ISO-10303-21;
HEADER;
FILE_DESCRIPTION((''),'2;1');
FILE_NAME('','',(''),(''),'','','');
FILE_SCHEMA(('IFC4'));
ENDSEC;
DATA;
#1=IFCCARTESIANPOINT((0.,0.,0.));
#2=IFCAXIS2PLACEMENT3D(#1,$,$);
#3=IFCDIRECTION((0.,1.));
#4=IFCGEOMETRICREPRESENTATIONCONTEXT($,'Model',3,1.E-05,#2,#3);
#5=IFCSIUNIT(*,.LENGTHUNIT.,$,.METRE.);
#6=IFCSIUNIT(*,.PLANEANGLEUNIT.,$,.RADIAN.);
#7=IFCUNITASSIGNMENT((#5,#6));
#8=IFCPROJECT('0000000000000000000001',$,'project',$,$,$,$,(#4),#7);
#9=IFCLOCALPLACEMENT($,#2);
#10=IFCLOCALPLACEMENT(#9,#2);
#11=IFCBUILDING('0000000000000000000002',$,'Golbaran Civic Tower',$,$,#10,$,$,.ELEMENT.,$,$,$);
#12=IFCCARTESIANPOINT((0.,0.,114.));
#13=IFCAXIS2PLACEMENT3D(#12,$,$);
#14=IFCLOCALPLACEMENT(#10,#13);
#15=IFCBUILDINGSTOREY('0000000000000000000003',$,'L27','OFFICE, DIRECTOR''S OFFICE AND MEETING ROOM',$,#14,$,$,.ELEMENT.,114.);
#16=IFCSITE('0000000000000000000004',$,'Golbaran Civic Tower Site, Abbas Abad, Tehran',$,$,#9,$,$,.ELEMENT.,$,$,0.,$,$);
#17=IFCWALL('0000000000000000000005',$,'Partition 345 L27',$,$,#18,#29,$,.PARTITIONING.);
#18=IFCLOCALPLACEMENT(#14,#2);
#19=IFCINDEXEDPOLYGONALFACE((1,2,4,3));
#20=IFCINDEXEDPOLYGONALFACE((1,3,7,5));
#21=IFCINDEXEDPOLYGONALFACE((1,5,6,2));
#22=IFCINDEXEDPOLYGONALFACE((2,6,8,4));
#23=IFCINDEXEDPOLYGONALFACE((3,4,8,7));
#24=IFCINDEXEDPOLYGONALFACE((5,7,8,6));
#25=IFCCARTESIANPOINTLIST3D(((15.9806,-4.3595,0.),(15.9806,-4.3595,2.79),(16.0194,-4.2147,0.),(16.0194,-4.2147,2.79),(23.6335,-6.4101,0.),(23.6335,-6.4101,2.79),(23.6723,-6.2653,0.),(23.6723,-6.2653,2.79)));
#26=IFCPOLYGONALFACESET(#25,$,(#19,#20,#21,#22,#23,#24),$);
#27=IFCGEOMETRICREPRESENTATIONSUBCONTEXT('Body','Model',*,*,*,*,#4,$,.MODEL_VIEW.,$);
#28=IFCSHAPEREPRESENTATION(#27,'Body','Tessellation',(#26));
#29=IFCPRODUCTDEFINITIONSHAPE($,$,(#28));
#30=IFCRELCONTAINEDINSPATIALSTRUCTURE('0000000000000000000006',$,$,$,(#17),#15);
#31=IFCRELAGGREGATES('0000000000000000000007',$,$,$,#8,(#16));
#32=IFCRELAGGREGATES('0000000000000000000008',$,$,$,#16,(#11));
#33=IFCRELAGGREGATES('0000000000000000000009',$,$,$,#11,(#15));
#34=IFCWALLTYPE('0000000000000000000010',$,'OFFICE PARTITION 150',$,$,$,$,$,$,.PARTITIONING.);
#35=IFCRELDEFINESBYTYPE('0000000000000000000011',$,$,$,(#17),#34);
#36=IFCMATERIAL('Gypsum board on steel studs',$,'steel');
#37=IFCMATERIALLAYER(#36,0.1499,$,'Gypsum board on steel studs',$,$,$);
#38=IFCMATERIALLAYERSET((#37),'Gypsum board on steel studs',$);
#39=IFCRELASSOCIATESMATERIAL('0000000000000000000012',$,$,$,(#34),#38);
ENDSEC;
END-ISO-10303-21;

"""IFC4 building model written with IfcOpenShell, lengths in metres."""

from ifc_helpers import new_model, si_unit, direction, frame, frame_2d, origin, place, context, subcontext, project, spatial, rectangle, extrude, material, layer, layer_set, type_object, element, save


model = new_model("IFC4")

# Units and contexts
model_context = context("Model", 3, precision=1e-05, world=origin(), true_north=direction((0.0, 1.0)))
body_context = subcontext(model_context, "Body", "Model", "MODEL_VIEW")
ifc_project = project(units=[si_unit("LENGTHUNIT", "METRE"), si_unit("PLANEANGLEUNIT", "RADIAN")], contexts=[model_context])

# Site, building, storey
site_placement = place(None, origin())
site = spatial("IfcSite", under=ifc_project, at=site_placement, Name="Golbaran Civic Tower Site, Abbas Abad, Tehran", CompositionType="ELEMENT", RefElevation=0.0)
building_placement = place(site_placement, origin())
building = spatial("IfcBuilding", under=site, at=building_placement, Name="Golbaran Civic Tower", CompositionType="ELEMENT")
storey_placement = place(building_placement, frame((0.0, 0.0, 114.0)))
storey = spatial("IfcBuildingStorey", under=building, at=storey_placement, Name="L27", Description="OFFICE, DIRECTOR'S OFFICE AND MEETING ROOM", CompositionType="ELEMENT", Elevation=114.0)

# Shared definitions
ifc_material_1 = material(Name="Gypsum board on steel studs", Category="steel")
ifc_layer_1 = layer(ifc_material_1, 0.1499, Name="Gypsum board on steel studs")
ifc_layer_set_1 = layer_set([ifc_layer_1], Name="Gypsum board on steel studs")
wall_type_1 = type_object("IfcWallType", Name="OFFICE PARTITION 150", PredefinedType="PARTITIONING", material=ifc_layer_set_1)

# Wall
wall_1_placement = place(storey_placement, frame((16.0, -4.2871, 0.0), z_axis=(0.0, 0.0, 1.0), x_axis=(0.965927, -0.258815, 0.0)))
element("IfcWall", 1, at=wall_1_placement, inside=storey, type_object=wall_type_1, Name="Partition 345 L27", PredefinedType="PARTITIONING", context=body_context, shape_type="SweptSolid", body=[
    extrude(rectangle(XDim=7.9229, YDim=0.1499, at=frame_2d((3.9614, 0.0))), origin(), (0.0, 0.0, 1.0), 2.79),
])

save(model, "model.ifc")
